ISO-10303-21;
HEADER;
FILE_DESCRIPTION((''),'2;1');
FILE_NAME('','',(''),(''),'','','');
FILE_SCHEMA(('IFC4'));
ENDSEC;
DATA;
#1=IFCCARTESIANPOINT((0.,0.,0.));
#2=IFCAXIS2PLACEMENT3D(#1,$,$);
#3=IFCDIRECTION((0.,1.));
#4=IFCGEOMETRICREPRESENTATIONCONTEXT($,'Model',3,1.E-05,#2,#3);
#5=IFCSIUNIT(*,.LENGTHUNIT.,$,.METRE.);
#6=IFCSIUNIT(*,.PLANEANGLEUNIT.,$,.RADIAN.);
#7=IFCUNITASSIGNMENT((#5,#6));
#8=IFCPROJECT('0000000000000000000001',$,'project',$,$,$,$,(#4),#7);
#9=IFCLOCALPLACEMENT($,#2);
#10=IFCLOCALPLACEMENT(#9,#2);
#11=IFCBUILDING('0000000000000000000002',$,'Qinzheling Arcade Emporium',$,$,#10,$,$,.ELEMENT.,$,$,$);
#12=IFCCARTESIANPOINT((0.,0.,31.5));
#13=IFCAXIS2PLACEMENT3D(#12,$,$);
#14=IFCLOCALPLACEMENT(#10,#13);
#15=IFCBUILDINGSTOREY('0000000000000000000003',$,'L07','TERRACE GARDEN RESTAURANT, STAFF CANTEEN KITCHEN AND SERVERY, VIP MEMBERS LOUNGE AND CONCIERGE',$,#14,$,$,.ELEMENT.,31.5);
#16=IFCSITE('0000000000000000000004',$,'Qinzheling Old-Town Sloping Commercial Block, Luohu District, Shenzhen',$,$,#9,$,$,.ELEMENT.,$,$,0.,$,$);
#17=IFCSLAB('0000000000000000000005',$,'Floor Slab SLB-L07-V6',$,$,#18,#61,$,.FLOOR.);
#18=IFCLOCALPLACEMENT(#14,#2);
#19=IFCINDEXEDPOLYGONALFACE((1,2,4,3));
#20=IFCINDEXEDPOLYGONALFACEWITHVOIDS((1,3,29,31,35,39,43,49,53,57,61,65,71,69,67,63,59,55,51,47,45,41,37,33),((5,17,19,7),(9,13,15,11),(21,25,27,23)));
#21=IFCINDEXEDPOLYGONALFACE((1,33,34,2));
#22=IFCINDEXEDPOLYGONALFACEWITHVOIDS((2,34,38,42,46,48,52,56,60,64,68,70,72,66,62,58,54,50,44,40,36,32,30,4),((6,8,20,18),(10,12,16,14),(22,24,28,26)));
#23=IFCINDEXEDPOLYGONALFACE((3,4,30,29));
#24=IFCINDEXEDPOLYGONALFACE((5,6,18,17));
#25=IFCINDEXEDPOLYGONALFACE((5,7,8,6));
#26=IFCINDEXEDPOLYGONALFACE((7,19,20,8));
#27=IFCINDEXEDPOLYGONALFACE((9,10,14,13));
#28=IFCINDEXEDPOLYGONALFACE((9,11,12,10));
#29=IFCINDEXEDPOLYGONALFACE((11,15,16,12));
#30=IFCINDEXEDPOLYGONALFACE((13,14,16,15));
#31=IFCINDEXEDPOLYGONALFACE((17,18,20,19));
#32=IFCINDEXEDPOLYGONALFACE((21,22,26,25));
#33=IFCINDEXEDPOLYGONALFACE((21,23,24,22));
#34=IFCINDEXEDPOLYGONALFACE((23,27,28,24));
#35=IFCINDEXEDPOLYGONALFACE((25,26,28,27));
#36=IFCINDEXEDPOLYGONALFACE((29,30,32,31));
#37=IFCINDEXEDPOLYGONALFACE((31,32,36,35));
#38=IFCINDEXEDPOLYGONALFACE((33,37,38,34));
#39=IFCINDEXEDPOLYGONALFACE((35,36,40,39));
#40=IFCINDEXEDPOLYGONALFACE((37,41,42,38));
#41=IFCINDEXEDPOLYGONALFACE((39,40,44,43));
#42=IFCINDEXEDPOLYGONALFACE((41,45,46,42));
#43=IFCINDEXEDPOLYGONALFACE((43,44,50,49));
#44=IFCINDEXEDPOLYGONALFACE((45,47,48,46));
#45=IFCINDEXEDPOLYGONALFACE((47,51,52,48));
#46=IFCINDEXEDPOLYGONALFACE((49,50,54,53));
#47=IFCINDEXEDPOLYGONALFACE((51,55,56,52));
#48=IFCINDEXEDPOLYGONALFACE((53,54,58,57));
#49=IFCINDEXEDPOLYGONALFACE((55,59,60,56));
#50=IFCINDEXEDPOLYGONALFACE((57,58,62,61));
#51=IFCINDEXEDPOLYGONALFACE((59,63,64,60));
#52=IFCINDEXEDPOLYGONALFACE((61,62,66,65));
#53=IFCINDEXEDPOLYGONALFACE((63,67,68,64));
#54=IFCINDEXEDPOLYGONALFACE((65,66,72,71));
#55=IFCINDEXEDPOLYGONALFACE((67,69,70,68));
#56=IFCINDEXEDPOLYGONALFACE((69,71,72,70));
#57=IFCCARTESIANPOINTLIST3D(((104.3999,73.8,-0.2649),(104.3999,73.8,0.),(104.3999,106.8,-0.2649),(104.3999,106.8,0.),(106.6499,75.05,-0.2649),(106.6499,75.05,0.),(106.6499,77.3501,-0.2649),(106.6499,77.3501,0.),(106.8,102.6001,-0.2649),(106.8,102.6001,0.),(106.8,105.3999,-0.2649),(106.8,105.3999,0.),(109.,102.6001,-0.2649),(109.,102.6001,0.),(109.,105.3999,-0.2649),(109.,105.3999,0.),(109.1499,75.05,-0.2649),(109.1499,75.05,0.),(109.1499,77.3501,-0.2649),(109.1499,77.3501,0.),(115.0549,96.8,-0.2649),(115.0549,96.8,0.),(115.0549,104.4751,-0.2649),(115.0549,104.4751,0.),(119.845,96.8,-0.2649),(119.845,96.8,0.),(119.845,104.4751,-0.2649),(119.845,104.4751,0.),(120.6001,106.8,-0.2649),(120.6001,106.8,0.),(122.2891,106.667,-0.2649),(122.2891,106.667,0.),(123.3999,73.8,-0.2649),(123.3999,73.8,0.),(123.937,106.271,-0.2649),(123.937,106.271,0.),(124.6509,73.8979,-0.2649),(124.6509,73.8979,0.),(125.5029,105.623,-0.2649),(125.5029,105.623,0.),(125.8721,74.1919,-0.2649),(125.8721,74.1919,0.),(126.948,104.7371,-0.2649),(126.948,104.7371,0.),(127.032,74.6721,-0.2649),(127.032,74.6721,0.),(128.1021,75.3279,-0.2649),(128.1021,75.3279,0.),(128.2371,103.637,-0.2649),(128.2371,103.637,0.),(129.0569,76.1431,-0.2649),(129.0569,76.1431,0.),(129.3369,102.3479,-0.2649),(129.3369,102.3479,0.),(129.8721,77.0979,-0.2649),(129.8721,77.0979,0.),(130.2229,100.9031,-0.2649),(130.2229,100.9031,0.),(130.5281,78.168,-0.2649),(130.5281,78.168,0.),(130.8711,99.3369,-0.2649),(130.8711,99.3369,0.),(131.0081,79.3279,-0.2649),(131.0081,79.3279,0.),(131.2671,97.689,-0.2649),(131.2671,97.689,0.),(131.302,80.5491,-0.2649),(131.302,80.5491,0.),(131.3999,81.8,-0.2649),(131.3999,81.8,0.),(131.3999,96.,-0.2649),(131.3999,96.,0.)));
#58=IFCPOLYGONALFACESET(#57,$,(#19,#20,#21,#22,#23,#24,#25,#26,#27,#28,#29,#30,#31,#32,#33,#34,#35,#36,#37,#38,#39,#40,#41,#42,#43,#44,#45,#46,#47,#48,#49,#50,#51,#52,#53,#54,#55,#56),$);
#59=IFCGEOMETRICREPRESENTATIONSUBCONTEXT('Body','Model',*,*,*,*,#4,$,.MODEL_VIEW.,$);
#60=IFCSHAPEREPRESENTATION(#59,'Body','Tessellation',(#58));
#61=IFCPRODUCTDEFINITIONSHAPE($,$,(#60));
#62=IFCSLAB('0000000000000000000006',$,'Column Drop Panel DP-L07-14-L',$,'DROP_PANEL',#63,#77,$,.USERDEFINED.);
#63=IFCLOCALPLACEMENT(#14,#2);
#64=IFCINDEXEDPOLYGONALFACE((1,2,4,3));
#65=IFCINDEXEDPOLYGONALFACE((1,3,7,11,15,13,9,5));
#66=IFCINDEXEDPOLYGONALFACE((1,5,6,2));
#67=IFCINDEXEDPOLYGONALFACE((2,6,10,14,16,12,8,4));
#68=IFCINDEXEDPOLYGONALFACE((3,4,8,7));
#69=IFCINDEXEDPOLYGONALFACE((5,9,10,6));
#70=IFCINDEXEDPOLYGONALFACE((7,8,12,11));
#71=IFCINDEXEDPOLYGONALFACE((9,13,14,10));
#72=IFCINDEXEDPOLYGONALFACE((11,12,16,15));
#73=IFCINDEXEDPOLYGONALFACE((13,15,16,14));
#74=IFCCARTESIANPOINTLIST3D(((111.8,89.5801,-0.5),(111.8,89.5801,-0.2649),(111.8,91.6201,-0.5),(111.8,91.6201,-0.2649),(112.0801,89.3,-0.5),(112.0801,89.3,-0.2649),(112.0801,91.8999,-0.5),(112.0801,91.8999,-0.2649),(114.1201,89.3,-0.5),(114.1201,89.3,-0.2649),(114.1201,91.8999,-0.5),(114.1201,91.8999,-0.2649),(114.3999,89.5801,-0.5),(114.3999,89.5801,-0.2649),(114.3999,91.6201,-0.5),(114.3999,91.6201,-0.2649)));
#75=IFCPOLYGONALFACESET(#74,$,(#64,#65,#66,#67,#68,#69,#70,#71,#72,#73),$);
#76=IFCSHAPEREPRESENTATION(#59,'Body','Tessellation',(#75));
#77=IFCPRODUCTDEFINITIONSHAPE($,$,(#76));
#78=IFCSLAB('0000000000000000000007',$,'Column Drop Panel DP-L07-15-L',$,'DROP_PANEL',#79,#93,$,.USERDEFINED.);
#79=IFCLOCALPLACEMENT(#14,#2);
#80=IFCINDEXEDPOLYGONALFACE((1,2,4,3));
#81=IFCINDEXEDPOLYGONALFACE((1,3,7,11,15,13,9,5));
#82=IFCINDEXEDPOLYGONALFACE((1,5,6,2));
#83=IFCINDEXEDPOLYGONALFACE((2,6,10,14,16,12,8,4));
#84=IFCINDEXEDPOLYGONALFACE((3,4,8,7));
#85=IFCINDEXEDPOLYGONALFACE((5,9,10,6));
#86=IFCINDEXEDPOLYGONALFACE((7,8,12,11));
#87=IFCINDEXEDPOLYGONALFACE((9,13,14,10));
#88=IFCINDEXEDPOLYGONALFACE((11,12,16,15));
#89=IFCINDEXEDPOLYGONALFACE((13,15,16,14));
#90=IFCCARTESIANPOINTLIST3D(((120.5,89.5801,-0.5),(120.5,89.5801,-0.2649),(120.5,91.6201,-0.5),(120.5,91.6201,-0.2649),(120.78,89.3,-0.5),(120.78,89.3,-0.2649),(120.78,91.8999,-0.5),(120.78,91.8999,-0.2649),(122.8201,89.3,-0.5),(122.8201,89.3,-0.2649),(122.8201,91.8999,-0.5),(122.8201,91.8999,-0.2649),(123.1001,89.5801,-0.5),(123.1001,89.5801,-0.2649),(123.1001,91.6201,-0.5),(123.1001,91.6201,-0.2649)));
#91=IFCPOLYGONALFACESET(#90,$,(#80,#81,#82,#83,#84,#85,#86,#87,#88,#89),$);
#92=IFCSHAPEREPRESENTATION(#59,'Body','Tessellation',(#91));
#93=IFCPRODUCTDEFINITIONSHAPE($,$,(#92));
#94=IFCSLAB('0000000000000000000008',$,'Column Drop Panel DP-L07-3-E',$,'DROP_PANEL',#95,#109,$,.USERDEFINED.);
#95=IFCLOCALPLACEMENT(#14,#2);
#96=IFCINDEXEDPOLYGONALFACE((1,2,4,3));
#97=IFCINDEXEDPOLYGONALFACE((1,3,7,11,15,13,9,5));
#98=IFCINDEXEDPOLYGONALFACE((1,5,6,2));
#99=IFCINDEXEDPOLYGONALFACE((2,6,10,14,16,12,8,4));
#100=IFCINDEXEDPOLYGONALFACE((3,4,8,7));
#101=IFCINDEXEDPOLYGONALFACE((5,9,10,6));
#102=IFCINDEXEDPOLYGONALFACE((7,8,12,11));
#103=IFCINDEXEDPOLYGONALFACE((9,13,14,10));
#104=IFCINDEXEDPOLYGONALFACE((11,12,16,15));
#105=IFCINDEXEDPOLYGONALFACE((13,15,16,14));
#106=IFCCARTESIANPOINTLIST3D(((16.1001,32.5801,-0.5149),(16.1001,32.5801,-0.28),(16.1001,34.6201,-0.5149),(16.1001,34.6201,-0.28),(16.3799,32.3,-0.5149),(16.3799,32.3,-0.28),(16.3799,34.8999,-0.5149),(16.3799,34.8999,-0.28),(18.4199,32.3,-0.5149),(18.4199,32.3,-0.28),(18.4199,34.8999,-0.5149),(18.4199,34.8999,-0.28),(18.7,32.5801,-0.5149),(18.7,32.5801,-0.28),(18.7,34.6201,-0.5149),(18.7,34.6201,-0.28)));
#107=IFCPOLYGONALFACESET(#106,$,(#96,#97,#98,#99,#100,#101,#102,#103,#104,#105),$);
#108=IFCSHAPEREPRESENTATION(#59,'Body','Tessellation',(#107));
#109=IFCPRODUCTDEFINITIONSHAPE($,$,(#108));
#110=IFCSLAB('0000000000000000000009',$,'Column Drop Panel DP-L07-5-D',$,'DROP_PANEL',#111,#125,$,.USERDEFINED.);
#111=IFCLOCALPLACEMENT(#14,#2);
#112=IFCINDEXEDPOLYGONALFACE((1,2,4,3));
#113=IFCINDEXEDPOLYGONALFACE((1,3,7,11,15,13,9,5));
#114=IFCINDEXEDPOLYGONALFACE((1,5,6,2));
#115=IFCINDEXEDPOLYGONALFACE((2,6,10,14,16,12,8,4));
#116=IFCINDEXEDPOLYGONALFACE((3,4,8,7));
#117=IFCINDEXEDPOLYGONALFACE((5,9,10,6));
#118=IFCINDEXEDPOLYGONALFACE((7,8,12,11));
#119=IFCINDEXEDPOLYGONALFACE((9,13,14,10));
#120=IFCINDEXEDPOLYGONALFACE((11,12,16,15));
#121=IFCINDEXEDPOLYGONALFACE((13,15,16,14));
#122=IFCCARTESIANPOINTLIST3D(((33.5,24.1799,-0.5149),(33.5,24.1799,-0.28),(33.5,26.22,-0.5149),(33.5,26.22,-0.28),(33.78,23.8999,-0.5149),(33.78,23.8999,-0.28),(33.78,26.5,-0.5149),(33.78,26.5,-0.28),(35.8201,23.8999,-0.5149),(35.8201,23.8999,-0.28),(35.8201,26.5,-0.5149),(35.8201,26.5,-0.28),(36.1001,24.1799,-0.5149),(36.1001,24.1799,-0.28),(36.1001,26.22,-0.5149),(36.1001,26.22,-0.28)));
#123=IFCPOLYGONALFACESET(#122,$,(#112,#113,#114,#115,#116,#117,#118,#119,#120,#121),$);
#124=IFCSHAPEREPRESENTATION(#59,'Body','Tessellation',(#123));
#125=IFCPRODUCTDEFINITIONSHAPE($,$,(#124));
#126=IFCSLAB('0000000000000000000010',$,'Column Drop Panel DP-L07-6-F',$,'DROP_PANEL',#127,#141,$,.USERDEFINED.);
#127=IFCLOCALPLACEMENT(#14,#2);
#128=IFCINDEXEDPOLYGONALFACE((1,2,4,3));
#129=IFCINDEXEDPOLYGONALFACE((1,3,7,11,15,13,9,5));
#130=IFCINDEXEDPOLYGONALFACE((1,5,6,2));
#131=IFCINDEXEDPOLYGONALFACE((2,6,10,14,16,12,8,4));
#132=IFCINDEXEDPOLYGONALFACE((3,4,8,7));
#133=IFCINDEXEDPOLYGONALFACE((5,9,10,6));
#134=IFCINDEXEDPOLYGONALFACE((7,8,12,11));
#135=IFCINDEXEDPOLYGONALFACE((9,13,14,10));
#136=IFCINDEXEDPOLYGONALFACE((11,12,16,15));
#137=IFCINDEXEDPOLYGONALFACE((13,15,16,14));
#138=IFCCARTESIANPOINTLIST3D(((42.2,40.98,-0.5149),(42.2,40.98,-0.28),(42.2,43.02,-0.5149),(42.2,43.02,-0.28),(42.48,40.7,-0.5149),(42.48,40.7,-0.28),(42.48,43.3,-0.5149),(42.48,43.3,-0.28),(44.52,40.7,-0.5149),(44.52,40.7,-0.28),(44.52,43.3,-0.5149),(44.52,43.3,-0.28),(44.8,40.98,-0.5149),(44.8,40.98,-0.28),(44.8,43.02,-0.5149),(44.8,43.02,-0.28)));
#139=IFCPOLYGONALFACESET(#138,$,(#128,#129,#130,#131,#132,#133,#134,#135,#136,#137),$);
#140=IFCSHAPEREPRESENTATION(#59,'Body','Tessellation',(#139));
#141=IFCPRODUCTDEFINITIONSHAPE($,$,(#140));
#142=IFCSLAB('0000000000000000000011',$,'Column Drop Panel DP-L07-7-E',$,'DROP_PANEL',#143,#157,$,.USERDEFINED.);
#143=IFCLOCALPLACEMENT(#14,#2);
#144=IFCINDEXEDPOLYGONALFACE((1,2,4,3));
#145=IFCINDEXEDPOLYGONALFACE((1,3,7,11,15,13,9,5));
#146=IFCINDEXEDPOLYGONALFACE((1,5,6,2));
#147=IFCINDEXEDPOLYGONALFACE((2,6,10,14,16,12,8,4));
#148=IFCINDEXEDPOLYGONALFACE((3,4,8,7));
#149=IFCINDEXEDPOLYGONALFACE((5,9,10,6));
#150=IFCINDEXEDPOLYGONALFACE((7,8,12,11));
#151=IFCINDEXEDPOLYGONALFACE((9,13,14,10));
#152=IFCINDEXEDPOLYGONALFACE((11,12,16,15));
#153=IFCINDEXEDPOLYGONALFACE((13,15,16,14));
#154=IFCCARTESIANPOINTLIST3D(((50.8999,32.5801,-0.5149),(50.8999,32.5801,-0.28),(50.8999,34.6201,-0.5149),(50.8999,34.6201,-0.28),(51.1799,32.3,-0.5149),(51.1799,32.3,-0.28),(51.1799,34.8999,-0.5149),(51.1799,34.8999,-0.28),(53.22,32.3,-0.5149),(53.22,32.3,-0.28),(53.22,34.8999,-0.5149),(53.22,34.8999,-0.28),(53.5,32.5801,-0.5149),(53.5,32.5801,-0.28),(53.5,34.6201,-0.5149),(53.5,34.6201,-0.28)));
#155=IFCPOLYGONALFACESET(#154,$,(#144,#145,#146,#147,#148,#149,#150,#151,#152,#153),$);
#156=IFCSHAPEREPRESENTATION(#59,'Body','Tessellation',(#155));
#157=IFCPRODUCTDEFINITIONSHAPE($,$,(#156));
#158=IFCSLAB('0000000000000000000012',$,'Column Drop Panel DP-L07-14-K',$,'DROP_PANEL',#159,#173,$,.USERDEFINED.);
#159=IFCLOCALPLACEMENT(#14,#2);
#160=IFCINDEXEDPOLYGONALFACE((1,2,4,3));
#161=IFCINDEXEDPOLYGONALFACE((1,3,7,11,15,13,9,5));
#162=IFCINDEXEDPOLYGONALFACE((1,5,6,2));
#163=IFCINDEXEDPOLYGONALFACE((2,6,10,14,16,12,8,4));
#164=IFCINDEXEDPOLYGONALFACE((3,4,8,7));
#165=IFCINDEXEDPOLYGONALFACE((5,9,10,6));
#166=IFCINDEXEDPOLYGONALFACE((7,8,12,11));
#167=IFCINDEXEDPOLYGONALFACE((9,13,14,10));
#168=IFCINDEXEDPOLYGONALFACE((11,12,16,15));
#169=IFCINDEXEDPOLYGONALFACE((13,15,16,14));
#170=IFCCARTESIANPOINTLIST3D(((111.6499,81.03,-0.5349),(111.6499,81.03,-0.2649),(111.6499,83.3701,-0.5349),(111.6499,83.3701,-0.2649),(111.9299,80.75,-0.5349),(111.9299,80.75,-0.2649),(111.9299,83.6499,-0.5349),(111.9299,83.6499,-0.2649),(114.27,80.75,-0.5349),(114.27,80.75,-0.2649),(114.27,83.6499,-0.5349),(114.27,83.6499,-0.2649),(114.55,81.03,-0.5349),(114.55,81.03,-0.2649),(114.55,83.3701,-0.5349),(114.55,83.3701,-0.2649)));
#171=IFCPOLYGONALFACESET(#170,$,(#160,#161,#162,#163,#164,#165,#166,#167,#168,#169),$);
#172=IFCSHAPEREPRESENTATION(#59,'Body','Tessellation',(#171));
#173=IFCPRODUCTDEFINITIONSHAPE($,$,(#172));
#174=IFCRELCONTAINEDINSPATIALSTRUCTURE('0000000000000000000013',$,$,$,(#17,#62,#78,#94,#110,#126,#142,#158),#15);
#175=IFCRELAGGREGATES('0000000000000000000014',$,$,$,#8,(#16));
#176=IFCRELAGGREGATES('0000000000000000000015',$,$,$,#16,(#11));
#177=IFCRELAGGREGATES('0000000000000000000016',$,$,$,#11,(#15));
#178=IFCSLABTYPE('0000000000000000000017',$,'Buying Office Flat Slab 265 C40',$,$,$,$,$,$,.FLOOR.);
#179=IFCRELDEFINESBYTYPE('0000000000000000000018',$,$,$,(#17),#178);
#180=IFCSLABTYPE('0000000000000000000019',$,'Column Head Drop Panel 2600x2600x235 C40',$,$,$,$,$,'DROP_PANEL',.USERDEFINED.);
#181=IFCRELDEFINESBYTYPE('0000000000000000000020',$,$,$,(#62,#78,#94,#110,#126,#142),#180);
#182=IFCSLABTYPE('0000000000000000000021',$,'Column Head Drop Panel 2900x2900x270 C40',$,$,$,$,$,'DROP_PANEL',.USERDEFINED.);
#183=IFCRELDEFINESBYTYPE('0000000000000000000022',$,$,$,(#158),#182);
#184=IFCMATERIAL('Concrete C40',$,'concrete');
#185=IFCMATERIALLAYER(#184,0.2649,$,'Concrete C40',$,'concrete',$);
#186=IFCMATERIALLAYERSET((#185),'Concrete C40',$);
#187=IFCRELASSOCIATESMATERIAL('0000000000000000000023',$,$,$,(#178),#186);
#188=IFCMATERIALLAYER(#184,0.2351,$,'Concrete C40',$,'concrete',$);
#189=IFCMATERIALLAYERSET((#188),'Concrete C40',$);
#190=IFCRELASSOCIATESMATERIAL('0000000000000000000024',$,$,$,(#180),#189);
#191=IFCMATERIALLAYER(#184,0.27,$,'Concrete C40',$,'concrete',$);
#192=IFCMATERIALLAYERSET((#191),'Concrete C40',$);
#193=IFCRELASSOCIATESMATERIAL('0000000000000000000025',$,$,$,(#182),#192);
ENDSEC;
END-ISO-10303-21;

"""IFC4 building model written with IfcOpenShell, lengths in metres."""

from ifc_helpers import new_model, si_unit, direction, frame, origin, place, context, subcontext, project, spatial, polyline, outline, extrude, material, layer, layer_set, type_object, element, save


model = new_model("IFC4")

# Units and contexts
model_context = context("Model", 3, precision=1e-05, world=origin(), true_north=direction((0.0, 1.0)))
body_context = subcontext(model_context, "Body", "Model", "MODEL_VIEW")
ifc_project = project(units=[si_unit("LENGTHUNIT", "METRE"), si_unit("PLANEANGLEUNIT", "RADIAN")], contexts=[model_context])

# Site, building, storey
site_placement = place(None, origin())
site = spatial("IfcSite", under=ifc_project, at=site_placement, Name="Qinzheling Old-Town Sloping Commercial Block, Luohu District, Shenzhen", CompositionType="ELEMENT", RefElevation=0.0)
building_placement = place(site_placement, origin())
building = spatial("IfcBuilding", under=site, at=building_placement, Name="Qinzheling Arcade Emporium", CompositionType="ELEMENT")
storey_placement = place(building_placement, frame((0.0, 0.0, 31.5)))
storey = spatial("IfcBuildingStorey", under=building, at=storey_placement, Name="L07", Description="TERRACE GARDEN RESTAURANT, STAFF CANTEEN KITCHEN AND SERVERY, VIP MEMBERS LOUNGE AND CONCIERGE", CompositionType="ELEMENT", Elevation=31.5)

# Slabs
ifc_material = material(Name="Concrete C40", Category="concrete")
ifc_layer_1 = layer(ifc_material, 0.2649, Name="Concrete C40", Category="concrete")
ifc_layer_set_1 = layer_set([ifc_layer_1], Name="Concrete C40")
slab_type_1 = type_object("IfcSlabType", Name="Buying Office Flat Slab 265 C40", PredefinedType="FLOOR", material=ifc_layer_set_1)
slab_1_placement = place(storey_placement, frame((0.0, 0.0, -0.2649)))
element("IfcSlab", 1, at=slab_1_placement, inside=storey, type_object=slab_type_1, Name="Floor Slab SLB-L07-V6", PredefinedType="FLOOR", context=body_context, shape_type="SweptSolid", body=[
    extrude(outline(polyline([(104.3999, 106.8), (104.3999, 73.8), (123.3999, 73.8), (124.6509, 73.8979), (125.8721, 74.1919), (127.032, 74.6721), (128.1021, 75.3279), (129.0569, 76.1431), (129.8721, 77.0979), (130.5281, 78.168), (131.0081, 79.3279), (131.302, 80.5491), (131.3999, 81.8), (131.3999, 96.0), (131.2671, 97.689), (130.8711, 99.3369), (130.2229, 100.9031), (129.3369, 102.3479), (128.2371, 103.637), (126.948, 104.7371), (125.5029, 105.623), (123.937, 106.271), (122.2891, 106.667), (120.6001, 106.8), (104.3999, 106.8)]), holes=[polyline([(119.845, 96.8), (115.0549, 96.8), (115.0549, 104.4751), (119.845, 104.4751), (119.845, 96.8)]), polyline([(109.1499, 75.05), (106.6499, 75.05), (106.6499, 77.3501), (109.1499, 77.3501), (109.1499, 75.05)]), polyline([(109.0, 102.6001), (106.8, 102.6001), (106.8, 105.3999), (109.0, 105.3999), (109.0, 102.6001)])]), origin(), (0.0, 0.0, 1.0), 0.2649),
])
ifc_layer_2 = layer(ifc_material, 0.2351, Name="Concrete C40", Category="concrete")
ifc_layer_set_2 = layer_set([ifc_layer_2], Name="Concrete C40")
slab_type_2 = type_object("IfcSlabType", Name="Column Head Drop Panel 2600x2600x235 C40", ElementType="DROP_PANEL", PredefinedType="USERDEFINED", material=ifc_layer_set_2)
slab_2_placement = place(storey_placement, frame((0.0, 0.0, -0.5)))
element("IfcSlab", 2, at=slab_2_placement, inside=storey, type_object=slab_type_2, Name="Column Drop Panel DP-L07-14-L", ObjectType="DROP_PANEL", PredefinedType="USERDEFINED", context=body_context, shape_type="SweptSolid", body=[
    extrude(outline(polyline([(112.0801, 89.3), (114.1201, 89.3), (114.3999, 89.5801), (114.3999, 91.6201), (114.1201, 91.8999), (112.0801, 91.8999), (111.8, 91.6201), (111.8, 89.5801), (112.0801, 89.3)])), origin(), (0.0, 0.0, 1.0), 0.2351),
])
slab_3_placement = place(storey_placement, frame((0.0, 0.0, -0.5)))
element("IfcSlab", 3, at=slab_3_placement, inside=storey, type_object=slab_type_2, Name="Column Drop Panel DP-L07-15-L", ObjectType="DROP_PANEL", PredefinedType="USERDEFINED", context=body_context, shape_type="SweptSolid", body=[
    extrude(outline(polyline([(120.78, 89.3), (122.8201, 89.3), (123.1001, 89.5801), (123.1001, 91.6201), (122.8201, 91.8999), (120.78, 91.8999), (120.5, 91.6201), (120.5, 89.5801), (120.78, 89.3)])), origin(), (0.0, 0.0, 1.0), 0.2351),
])
slab_4_placement = place(storey_placement, frame((0.0, 0.0, -0.5149)))
element("IfcSlab", 4, at=slab_4_placement, inside=storey, type_object=slab_type_2, Name="Column Drop Panel DP-L07-3-E", ObjectType="DROP_PANEL", PredefinedType="USERDEFINED", context=body_context, shape_type="SweptSolid", body=[
    extrude(outline(polyline([(16.3799, 32.3), (18.4199, 32.3), (18.7, 32.5801), (18.7, 34.6201), (18.4199, 34.8999), (16.3799, 34.8999), (16.1001, 34.6201), (16.1001, 32.5801), (16.3799, 32.3)])), origin(), (0.0, 0.0, 1.0), 0.2349),
])
slab_5_placement = place(storey_placement, frame((0.0, 0.0, -0.5149)))
element("IfcSlab", 5, at=slab_5_placement, inside=storey, type_object=slab_type_2, Name="Column Drop Panel DP-L07-5-D", ObjectType="DROP_PANEL", PredefinedType="USERDEFINED", context=body_context, shape_type="SweptSolid", body=[
    extrude(outline(polyline([(33.78, 23.8999), (35.8201, 23.8999), (36.1001, 24.1799), (36.1001, 26.22), (35.8201, 26.5), (33.78, 26.5), (33.5, 26.22), (33.5, 24.1799), (33.78, 23.8999)])), origin(), (0.0, 0.0, 1.0), 0.2349),
])
slab_6_placement = place(storey_placement, frame((0.0, 0.0, -0.5149)))
element("IfcSlab", 6, at=slab_6_placement, inside=storey, type_object=slab_type_2, Name="Column Drop Panel DP-L07-6-F", ObjectType="DROP_PANEL", PredefinedType="USERDEFINED", context=body_context, shape_type="SweptSolid", body=[
    extrude(outline(polyline([(42.48, 40.7), (44.52, 40.7), (44.8, 40.98), (44.8, 43.02), (44.52, 43.3), (42.48, 43.3), (42.2, 43.02), (42.2, 40.98), (42.48, 40.7)])), origin(), (0.0, 0.0, 1.0), 0.2349),
])
slab_7_placement = place(storey_placement, frame((0.0, 0.0, -0.5149)))
element("IfcSlab", 7, at=slab_7_placement, inside=storey, type_object=slab_type_2, Name="Column Drop Panel DP-L07-7-E", ObjectType="DROP_PANEL", PredefinedType="USERDEFINED", context=body_context, shape_type="SweptSolid", body=[
    extrude(outline(polyline([(51.1799, 32.3), (53.22, 32.3), (53.5, 32.5801), (53.5, 34.6201), (53.22, 34.8999), (51.1799, 34.8999), (50.8999, 34.6201), (50.8999, 32.5801), (51.1799, 32.3)])), origin(), (0.0, 0.0, 1.0), 0.2349),
])
ifc_layer_3 = layer(ifc_material, 0.27, Name="Concrete C40", Category="concrete")
ifc_layer_set_3 = layer_set([ifc_layer_3], Name="Concrete C40")
slab_type_3 = type_object("IfcSlabType", Name="Column Head Drop Panel 2900x2900x270 C40", ElementType="DROP_PANEL", PredefinedType="USERDEFINED", material=ifc_layer_set_3)
slab_8_placement = place(storey_placement, frame((0.0, 0.0, -0.5349)))
element("IfcSlab", 8, at=slab_8_placement, inside=storey, type_object=slab_type_3, Name="Column Drop Panel DP-L07-14-K", ObjectType="DROP_PANEL", PredefinedType="USERDEFINED", context=body_context, shape_type="SweptSolid", body=[
    extrude(outline(polyline([(111.9299, 80.75), (114.27, 80.75), (114.55, 81.03), (114.55, 83.3701), (114.27, 83.6499), (111.9299, 83.6499), (111.6499, 83.3701), (111.6499, 81.03), (111.9299, 80.75)])), origin(), (0.0, 0.0, 1.0), 0.27),
])

save(model, "model.ifc")
